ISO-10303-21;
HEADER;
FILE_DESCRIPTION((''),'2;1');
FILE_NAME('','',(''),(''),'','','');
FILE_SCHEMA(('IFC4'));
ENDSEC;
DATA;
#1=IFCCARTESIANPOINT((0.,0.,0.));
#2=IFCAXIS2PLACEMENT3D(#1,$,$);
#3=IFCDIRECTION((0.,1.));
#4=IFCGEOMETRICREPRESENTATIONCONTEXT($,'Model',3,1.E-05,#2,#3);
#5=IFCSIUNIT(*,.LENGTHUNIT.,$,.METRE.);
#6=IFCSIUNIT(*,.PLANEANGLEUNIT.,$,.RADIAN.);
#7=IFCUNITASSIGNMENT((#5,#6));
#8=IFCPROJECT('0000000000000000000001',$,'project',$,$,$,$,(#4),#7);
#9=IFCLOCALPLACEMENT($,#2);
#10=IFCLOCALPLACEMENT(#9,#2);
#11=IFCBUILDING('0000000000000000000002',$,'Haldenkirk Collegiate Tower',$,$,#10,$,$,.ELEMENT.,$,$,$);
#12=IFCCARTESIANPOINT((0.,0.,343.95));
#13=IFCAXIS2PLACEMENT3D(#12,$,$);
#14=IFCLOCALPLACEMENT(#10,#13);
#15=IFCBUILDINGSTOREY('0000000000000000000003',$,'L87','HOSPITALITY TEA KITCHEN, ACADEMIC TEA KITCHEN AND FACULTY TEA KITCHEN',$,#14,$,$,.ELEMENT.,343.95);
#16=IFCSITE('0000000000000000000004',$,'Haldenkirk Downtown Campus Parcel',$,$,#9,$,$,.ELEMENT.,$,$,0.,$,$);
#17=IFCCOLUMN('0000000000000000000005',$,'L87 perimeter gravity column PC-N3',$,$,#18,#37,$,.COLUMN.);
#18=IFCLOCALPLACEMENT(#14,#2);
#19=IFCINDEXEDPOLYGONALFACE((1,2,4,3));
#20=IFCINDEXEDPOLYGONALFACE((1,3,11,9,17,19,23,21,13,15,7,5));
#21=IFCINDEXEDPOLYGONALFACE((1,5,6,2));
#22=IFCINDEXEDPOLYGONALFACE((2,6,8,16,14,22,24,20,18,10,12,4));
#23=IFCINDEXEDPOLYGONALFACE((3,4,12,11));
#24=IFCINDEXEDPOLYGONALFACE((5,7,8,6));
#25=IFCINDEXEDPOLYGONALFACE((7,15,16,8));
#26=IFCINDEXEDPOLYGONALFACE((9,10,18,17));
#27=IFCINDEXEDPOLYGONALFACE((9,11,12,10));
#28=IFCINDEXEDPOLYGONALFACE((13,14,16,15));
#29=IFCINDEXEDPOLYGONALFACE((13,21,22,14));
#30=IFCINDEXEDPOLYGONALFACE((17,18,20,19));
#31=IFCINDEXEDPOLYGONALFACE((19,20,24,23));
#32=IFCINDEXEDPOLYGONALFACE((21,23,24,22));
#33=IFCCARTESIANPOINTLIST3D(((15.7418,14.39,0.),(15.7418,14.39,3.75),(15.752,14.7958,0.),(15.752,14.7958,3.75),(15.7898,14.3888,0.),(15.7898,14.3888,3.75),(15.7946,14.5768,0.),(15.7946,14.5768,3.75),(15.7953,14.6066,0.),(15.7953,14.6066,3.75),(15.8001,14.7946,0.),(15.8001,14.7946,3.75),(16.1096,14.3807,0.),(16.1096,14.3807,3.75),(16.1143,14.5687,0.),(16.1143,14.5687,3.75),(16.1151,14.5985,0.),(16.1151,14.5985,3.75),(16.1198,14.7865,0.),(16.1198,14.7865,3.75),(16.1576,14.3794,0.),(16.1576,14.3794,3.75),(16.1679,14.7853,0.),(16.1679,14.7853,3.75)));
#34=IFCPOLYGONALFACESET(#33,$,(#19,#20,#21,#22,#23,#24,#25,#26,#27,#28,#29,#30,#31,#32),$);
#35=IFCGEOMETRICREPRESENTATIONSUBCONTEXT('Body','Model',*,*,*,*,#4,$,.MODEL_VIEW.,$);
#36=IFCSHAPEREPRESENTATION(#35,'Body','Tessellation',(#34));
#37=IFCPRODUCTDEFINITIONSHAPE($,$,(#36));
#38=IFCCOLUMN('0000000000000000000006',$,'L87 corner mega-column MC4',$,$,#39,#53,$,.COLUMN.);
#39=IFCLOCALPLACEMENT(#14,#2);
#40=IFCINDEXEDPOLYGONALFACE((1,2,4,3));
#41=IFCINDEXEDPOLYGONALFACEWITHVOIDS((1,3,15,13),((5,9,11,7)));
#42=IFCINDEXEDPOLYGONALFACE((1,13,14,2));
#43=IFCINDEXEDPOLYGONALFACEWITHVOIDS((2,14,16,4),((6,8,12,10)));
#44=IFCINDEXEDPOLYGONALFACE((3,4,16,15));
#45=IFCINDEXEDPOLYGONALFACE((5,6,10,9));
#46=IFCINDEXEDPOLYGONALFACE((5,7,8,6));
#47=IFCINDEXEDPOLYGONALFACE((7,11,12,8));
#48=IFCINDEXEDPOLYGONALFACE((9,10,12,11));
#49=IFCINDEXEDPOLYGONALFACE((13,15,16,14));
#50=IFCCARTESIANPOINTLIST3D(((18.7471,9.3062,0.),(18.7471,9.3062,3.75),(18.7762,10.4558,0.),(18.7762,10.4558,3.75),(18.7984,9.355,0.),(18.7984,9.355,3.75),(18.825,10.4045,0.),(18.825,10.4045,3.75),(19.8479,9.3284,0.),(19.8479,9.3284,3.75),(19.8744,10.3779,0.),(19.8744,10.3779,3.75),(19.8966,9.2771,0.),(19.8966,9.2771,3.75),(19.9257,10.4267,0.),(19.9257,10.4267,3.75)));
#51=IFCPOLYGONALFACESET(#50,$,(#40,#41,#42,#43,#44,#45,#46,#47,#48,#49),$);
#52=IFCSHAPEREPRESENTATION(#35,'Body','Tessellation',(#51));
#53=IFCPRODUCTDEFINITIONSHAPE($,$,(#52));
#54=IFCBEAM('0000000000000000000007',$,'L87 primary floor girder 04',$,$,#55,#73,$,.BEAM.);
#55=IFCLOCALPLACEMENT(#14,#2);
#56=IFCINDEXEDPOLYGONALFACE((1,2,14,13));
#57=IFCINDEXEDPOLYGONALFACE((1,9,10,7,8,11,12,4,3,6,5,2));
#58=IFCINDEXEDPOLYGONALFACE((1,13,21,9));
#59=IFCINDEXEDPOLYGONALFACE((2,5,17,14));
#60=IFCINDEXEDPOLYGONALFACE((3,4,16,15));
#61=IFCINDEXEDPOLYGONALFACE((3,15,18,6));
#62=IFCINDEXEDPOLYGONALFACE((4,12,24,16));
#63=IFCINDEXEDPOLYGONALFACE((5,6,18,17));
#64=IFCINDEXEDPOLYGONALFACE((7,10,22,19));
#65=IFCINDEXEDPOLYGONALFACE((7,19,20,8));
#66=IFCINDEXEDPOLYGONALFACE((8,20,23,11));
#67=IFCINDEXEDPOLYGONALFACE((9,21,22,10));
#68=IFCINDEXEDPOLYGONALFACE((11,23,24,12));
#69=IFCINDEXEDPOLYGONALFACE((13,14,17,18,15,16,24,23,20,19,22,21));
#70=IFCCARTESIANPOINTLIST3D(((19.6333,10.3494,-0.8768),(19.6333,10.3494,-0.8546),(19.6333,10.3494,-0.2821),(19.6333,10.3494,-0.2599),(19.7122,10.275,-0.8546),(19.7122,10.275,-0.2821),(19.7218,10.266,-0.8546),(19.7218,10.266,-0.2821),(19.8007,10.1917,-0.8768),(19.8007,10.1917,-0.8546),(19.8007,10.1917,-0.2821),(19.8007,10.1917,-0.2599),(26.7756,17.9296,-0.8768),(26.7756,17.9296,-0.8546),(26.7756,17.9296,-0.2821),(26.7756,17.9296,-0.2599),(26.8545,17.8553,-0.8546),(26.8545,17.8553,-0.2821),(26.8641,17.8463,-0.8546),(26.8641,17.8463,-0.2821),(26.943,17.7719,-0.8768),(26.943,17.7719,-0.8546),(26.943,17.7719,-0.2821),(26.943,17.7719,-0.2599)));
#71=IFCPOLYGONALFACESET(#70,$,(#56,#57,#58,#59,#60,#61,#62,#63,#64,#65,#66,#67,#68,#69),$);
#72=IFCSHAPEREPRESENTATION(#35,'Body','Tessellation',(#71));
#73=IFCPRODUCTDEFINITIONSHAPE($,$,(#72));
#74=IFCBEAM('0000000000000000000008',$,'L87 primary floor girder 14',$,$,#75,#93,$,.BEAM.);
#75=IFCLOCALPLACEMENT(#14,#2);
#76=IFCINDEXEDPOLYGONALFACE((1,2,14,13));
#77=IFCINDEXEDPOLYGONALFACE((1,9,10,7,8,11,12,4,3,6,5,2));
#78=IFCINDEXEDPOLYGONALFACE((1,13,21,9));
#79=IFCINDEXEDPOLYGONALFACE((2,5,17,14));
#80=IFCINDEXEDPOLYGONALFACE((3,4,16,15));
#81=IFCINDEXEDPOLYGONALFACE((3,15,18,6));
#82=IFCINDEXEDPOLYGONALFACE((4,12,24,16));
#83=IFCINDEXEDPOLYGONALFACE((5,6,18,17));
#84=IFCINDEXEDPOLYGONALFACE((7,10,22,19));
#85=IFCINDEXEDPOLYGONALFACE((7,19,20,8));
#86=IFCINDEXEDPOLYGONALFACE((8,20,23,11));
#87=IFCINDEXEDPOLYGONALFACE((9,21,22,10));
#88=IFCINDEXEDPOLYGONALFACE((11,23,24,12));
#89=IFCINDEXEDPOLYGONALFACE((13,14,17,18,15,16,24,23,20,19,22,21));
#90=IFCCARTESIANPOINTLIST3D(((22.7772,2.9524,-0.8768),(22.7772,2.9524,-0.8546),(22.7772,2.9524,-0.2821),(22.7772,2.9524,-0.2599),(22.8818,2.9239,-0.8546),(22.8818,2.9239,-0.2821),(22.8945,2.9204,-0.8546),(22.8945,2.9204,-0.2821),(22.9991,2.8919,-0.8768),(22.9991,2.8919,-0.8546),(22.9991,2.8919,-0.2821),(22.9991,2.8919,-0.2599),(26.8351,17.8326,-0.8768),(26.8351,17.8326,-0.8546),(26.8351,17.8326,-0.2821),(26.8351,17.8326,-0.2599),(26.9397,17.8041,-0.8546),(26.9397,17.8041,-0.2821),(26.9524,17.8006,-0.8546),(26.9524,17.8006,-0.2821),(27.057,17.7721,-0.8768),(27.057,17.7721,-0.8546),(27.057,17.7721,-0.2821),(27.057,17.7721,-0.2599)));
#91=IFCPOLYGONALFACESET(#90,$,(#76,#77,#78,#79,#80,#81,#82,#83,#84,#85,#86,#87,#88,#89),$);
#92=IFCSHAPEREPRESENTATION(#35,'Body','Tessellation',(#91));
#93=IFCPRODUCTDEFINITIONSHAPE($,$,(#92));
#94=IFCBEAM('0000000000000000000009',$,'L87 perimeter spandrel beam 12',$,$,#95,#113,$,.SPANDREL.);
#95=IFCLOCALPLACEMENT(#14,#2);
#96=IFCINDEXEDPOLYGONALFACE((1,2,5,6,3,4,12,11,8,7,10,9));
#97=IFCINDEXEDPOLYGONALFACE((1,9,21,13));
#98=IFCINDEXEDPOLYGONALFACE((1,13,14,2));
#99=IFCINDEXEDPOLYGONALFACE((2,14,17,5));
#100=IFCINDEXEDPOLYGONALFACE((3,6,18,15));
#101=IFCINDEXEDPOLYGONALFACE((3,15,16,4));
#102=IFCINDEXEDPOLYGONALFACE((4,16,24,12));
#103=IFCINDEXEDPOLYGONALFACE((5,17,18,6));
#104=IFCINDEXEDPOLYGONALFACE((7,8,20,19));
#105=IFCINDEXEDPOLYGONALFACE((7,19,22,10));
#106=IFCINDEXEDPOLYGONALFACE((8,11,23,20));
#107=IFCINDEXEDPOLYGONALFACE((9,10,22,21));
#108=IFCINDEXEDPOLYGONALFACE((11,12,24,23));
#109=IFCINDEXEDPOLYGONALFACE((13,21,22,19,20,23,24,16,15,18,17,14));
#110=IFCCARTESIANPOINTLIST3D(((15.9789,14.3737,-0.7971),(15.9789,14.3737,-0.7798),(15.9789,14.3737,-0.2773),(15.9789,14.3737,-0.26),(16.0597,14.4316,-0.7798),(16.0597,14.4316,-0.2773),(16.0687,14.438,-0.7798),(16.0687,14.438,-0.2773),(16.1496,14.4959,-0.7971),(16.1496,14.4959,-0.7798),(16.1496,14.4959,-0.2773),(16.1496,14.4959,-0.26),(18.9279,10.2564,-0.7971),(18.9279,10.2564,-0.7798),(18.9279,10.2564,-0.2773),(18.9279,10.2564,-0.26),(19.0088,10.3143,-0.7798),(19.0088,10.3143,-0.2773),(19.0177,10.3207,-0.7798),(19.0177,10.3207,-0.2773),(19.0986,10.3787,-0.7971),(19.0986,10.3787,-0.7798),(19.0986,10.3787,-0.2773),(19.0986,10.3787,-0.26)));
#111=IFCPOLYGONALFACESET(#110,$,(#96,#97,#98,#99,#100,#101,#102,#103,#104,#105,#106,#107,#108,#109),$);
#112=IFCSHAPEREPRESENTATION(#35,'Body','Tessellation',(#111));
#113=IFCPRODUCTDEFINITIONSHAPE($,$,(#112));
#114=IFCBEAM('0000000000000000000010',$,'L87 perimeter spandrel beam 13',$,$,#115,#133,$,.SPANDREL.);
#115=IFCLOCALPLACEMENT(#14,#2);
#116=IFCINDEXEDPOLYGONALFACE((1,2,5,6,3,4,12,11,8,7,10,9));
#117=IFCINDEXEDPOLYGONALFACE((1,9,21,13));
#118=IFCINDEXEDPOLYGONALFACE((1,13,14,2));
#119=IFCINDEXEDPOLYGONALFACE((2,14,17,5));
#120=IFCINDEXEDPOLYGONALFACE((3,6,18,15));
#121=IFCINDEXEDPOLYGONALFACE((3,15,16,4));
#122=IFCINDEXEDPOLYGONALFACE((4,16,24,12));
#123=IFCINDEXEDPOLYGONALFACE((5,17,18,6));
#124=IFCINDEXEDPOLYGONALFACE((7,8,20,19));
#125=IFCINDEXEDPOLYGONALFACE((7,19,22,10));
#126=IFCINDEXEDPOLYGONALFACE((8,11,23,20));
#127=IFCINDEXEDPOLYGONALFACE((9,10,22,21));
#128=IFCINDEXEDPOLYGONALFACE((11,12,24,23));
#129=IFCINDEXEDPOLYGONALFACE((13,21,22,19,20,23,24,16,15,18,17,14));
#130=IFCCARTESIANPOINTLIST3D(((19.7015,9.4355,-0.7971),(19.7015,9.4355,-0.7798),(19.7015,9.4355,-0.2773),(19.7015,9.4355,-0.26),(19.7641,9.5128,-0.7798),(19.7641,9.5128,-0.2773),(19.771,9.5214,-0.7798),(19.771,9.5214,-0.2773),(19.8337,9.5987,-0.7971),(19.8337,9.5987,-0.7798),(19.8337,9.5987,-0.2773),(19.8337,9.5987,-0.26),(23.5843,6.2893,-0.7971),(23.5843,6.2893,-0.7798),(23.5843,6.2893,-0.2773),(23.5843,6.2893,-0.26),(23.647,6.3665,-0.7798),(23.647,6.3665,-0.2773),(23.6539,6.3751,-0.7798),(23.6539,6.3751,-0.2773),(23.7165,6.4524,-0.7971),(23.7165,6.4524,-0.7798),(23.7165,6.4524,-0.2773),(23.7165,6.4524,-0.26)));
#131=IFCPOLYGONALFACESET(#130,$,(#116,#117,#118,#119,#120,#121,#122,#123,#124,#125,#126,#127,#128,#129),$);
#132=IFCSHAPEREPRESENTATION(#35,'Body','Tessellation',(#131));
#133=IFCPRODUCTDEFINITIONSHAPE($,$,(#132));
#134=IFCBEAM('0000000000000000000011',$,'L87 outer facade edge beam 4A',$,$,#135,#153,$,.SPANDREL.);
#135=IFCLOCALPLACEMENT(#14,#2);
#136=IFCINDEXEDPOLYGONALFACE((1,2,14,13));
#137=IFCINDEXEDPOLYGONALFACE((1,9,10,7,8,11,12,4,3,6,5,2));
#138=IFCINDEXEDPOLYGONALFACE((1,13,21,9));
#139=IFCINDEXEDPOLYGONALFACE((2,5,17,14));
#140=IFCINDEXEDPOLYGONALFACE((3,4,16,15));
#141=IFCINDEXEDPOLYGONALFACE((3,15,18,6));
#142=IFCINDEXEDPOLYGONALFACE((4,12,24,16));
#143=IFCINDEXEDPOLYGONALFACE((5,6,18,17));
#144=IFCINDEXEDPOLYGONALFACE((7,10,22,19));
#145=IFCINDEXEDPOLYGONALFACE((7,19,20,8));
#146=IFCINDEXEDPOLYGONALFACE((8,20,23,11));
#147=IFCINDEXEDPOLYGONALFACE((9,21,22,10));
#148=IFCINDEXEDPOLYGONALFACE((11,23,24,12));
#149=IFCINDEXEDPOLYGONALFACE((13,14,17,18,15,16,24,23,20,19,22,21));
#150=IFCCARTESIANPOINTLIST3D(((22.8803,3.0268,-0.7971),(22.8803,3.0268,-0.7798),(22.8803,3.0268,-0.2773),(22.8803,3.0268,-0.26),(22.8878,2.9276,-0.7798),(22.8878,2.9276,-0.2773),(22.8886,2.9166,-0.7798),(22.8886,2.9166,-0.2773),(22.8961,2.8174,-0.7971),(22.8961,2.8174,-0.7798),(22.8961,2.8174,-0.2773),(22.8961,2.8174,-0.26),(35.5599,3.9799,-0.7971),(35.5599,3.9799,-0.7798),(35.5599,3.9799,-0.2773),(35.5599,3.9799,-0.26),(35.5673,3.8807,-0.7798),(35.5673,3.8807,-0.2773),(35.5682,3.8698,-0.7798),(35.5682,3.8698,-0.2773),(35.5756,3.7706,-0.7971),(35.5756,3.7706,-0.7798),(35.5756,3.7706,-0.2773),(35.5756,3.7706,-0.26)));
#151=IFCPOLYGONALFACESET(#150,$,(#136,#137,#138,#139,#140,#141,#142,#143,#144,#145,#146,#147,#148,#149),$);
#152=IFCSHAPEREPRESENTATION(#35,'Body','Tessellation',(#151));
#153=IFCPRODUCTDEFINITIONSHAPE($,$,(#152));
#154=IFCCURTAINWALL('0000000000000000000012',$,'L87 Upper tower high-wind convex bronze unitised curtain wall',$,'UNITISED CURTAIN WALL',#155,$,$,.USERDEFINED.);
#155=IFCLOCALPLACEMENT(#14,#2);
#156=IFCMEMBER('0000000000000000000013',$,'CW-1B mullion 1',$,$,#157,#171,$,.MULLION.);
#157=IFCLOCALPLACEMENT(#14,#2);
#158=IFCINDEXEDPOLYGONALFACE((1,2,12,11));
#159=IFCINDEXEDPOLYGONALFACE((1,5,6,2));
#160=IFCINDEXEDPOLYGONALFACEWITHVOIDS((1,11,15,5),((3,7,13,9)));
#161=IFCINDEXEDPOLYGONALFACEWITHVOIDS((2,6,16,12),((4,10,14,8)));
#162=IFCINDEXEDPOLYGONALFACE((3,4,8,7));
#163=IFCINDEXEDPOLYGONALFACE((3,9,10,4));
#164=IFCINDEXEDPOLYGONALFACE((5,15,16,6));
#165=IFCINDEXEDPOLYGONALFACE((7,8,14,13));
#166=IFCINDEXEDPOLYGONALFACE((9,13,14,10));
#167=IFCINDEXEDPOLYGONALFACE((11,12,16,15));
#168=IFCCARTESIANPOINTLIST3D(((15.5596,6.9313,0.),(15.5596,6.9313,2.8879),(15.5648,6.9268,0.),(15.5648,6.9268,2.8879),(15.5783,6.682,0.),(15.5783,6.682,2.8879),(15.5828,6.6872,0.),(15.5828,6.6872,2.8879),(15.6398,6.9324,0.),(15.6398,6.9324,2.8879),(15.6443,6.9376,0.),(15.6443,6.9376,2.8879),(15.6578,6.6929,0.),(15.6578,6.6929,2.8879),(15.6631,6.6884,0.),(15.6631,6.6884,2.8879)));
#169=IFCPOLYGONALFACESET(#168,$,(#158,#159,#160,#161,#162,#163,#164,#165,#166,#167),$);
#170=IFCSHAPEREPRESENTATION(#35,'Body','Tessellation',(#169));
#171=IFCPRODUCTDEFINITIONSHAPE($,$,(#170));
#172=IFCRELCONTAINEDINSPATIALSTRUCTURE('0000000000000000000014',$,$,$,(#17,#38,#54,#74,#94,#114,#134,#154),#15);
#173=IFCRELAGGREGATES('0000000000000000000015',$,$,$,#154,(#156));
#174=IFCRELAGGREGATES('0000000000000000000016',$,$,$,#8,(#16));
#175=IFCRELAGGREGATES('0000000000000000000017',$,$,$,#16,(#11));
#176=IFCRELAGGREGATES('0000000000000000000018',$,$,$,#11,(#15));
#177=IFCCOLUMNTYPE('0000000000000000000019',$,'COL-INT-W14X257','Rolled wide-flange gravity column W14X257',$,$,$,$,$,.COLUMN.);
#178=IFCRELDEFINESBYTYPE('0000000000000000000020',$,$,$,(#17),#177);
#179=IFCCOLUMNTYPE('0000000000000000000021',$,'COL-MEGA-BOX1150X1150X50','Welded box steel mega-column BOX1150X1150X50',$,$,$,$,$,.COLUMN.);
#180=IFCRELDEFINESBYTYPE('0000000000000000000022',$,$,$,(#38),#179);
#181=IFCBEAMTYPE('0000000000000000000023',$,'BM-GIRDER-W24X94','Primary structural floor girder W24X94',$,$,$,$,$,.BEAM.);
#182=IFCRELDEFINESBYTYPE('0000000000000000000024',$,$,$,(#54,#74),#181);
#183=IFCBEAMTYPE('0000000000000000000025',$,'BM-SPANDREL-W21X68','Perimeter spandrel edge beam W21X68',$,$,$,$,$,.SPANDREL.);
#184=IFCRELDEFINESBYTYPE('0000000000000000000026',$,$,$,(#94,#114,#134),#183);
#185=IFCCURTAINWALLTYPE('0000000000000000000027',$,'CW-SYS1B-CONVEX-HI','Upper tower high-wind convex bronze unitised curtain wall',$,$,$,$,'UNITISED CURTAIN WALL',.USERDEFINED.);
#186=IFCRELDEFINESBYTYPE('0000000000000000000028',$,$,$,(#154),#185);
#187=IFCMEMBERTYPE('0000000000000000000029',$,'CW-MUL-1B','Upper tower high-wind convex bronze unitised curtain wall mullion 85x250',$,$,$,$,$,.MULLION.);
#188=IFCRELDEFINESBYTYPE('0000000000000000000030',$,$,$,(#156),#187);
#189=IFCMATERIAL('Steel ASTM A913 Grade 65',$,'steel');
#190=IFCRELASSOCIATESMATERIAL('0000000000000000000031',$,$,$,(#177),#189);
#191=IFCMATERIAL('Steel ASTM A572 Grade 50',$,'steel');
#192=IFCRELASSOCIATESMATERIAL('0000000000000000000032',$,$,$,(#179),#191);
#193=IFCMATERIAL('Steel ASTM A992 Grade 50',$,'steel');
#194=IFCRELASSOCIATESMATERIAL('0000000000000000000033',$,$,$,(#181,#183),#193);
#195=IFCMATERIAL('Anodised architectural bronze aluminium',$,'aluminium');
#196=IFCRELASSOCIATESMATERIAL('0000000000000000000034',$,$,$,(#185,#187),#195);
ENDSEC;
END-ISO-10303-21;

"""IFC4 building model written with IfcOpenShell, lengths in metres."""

from ifc_helpers import new_model, si_unit, direction, frame, origin, origin_2d, place, context, subcontext, project, spatial, hollow_rectangle, i_section, extrude, material, material_profile, profile_set, type_object, element, aggregate, save


model = new_model("IFC4")

# Units and contexts
model_context = context("Model", 3, precision=1e-05, world=origin(), true_north=direction((0.0, 1.0)))
body_context = subcontext(model_context, "Body", "Model", "MODEL_VIEW")
ifc_project = project(units=[si_unit("LENGTHUNIT", "METRE"), si_unit("PLANEANGLEUNIT", "RADIAN")], contexts=[model_context])

# Site, building, storey
site_placement = place(None, origin())
site = spatial("IfcSite", under=ifc_project, at=site_placement, Name="Haldenkirk Downtown Campus Parcel", CompositionType="ELEMENT", RefElevation=0.0)
building_placement = place(site_placement, origin())
building = spatial("IfcBuilding", under=site, at=building_placement, Name="Haldenkirk Collegiate Tower", CompositionType="ELEMENT")
storey_placement = place(building_placement, frame((0.0, 0.0, 343.95)))
storey = spatial("IfcBuildingStorey", under=building, at=storey_placement, Name="L87", Description="HOSPITALITY TEA KITCHEN, ACADEMIC TEA KITCHEN AND FACULTY TEA KITCHEN", CompositionType="ELEMENT", Elevation=343.95)

# Columns
ifc_material_1 = material(Name="Steel ASTM A913 Grade 65", Category="steel")
ifc_material_profile_1 = material_profile(ifc_material_1, i_section(OverallWidth=0.406, OverallDepth=0.416, WebThickness=0.0298, FlangeThickness=0.0481, at=origin_2d()), Name="W14X257")
ifc_profile_set_1 = profile_set([ifc_material_profile_1], Name="Steel ASTM A913 Grade 65")
column_type_1 = type_object("IfcColumnType", Name="COL-INT-W14X257", Description="Rolled wide-flange gravity column W14X257", PredefinedType="COLUMN", material=ifc_profile_set_1)
column_1_placement = place(storey_placement, frame((15.9548, 14.5876, 0.0), z_axis=(0.0, 0.0, 1.0), x_axis=(0.025305, 0.99968, 0.0)))
element("IfcColumn", 1, at=column_1_placement, inside=storey, type_object=column_type_1, Name="L87 perimeter gravity column PC-N3", PredefinedType="COLUMN", context=body_context, shape_type="SweptSolid", body=[
    extrude(i_section(OverallWidth=0.406, OverallDepth=0.416, WebThickness=0.0298, FlangeThickness=0.0481, at=origin_2d()), origin(), (0.0, 0.0, 1.0), 3.75),
])
ifc_material_2 = material(Name="Steel ASTM A572 Grade 50", Category="steel")
ifc_material_profile_2 = material_profile(ifc_material_2, hollow_rectangle(XDim=1.1499, YDim=1.1499, WallThickness=0.05, at=origin_2d()), Name="BOX1150X1150X50")
ifc_profile_set_2 = profile_set([ifc_material_profile_2], Name="Steel ASTM A572 Grade 50")
column_type_2 = type_object("IfcColumnType", Name="COL-MEGA-BOX1150X1150X50", Description="Welded box steel mega-column BOX1150X1150X50", PredefinedType="COLUMN", material=ifc_profile_set_2)
column_2_placement = place(storey_placement, frame((19.3364, 9.8665, 0.0), z_axis=(0.0, 0.0, 1.0), x_axis=(0.025305, 0.99968, 0.0)))
element("IfcColumn", 2, at=column_2_placement, inside=storey, type_object=column_type_2, Name="L87 corner mega-column MC4", PredefinedType="COLUMN", context=body_context, shape_type="SweptSolid", body=[
    extrude(hollow_rectangle(XDim=1.1499, YDim=1.1499, WallThickness=0.05, at=origin_2d()), origin(), (0.0, 0.0, 1.0), 3.75),
])

# Beams
ifc_material_3 = material(Name="Steel ASTM A992 Grade 50", Category="steel")
ifc_material_profile_3 = material_profile(ifc_material_3, i_section(OverallWidth=0.23, OverallDepth=0.6169, WebThickness=0.0132, FlangeThickness=0.0222, at=origin_2d()), Name="W24X94")
ifc_profile_set_3 = profile_set([ifc_material_profile_3], Name="Steel ASTM A992 Grade 50")
beam_type_1 = type_object("IfcBeamType", Name="BM-GIRDER-W24X94", Description="Primary structural floor girder W24X94", PredefinedType="BEAM", material=ifc_profile_set_3)
beam_1_placement = place(storey_placement, frame((19.717, 10.2705, -0.5684), z_axis=(0.685767, 0.727821, 0.0), x_axis=(-0.727821, 0.685767, 0.0)))
element("IfcBeam", 3, at=beam_1_placement, inside=storey, type_object=beam_type_1, Name="L87 primary floor girder 04", PredefinedType="BEAM", context=body_context, shape_type="SweptSolid", body=[
    extrude(i_section(OverallWidth=0.23, OverallDepth=0.6169, WebThickness=0.0132, FlangeThickness=0.0222, at=origin_2d()), origin(), (0.0, 0.0, 1.0), 10.415),
])
beam_2_placement = place(storey_placement, frame((22.8882, 2.9221, -0.5684), z_axis=(0.263096, 0.96477, 0.0), x_axis=(-0.96477, 0.263096, 0.0)))
element("IfcBeam", 4, at=beam_2_placement, inside=storey, type_object=beam_type_1, Name="L87 primary floor girder 14", PredefinedType="BEAM", context=body_context, shape_type="SweptSolid", body=[
    extrude(i_section(OverallWidth=0.23, OverallDepth=0.6169, WebThickness=0.0132, FlangeThickness=0.0222, at=origin_2d()), origin(), (0.0, 0.0, 1.0), 15.4236),
])
ifc_material_profile_4 = material_profile(ifc_material_3, i_section(OverallWidth=0.21, OverallDepth=0.5371, WebThickness=0.011, FlangeThickness=0.0173, at=origin_2d()), Name="W21X68")
ifc_profile_set_4 = profile_set([ifc_material_profile_4], Name="Steel ASTM A992 Grade 50")
beam_type_2 = type_object("IfcBeamType", Name="BM-SPANDREL-W21X68", Description="Perimeter spandrel edge beam W21X68", PredefinedType="SPANDREL", material=ifc_profile_set_4)
beam_3_placement = place(storey_placement, frame((16.0642, 14.4348, -0.5286), z_axis=(0.5823, -0.812974, 0.0), x_axis=(0.812974, 0.5823, 0.0)))
element("IfcBeam", 5, at=beam_3_placement, inside=storey, type_object=beam_type_2, Name="L87 perimeter spandrel beam 12", PredefinedType="SPANDREL", context=body_context, shape_type="SweptSolid", body=[
    extrude(i_section(OverallWidth=0.21, OverallDepth=0.5371, WebThickness=0.011, FlangeThickness=0.0173, at=origin_2d()), origin(), (0.0, 0.0, 1.0), 5.0645),
])
beam_4_placement = place(storey_placement, frame((19.7676, 9.5171, -0.5286), z_axis=(0.77695, -0.629562, 0.0), x_axis=(0.629562, 0.77695, 0.0)))
element("IfcBeam", 6, at=beam_4_placement, inside=storey, type_object=beam_type_2, Name="L87 perimeter spandrel beam 13", PredefinedType="SPANDREL", context=body_context, shape_type="SweptSolid", body=[
    extrude(i_section(OverallWidth=0.21, OverallDepth=0.5371, WebThickness=0.011, FlangeThickness=0.0173, at=origin_2d()), origin(), (0.0, 0.0, 1.0), 4.9976),
])
beam_5_placement = place(storey_placement, frame((22.8882, 2.9221, -0.5286), z_axis=(0.997187, 0.074959, 0.0), x_axis=(-0.074959, 0.997187, 0.0)))
element("IfcBeam", 7, at=beam_5_placement, inside=storey, type_object=beam_type_2, Name="L87 outer facade edge beam 4A", PredefinedType="SPANDREL", context=body_context, shape_type="SweptSolid", body=[
    extrude(i_section(OverallWidth=0.21, OverallDepth=0.5371, WebThickness=0.011, FlangeThickness=0.0173, at=origin_2d()), origin(), (0.0, 0.0, 1.0), 12.7153),
])

# Curtain wall, member
ifc_material_4 = material(Name="Anodised architectural bronze aluminium", Category="aluminium")
curtain_wall_type = type_object("IfcCurtainWallType", Name="CW-SYS1B-CONVEX-HI", Description="Upper tower high-wind convex bronze unitised curtain wall", ElementType="UNITISED CURTAIN WALL", PredefinedType="USERDEFINED", material=ifc_material_4)
curtain_wall_1_placement = place(storey_placement, origin())
curtain_wall_1 = element("IfcCurtainWall", 8, at=curtain_wall_1_placement, inside=storey, type_object=curtain_wall_type, Name="L87 Upper tower high-wind convex bronze unitised curtain wall", ObjectType="UNITISED CURTAIN WALL", PredefinedType="USERDEFINED")
ifc_material_profile_5 = material_profile(ifc_material_4, hollow_rectangle(XDim=0.085, YDim=0.25, WallThickness=0.0049, at=origin_2d()), Name="CW-MUL-1B")
ifc_profile_set_5 = profile_set([ifc_material_profile_5], Name="Anodised architectural bronze aluminium")
member_type_1 = type_object("IfcMemberType", Name="CW-MUL-1B", Description="Upper tower high-wind convex bronze unitised curtain wall mullion 85x250", PredefinedType="MULLION", material=ifc_profile_set_5)
member_1_placement = place(storey_placement, frame((15.6113, 6.8098, 0.0), z_axis=(0.0, 0.0, 1.0), x_axis=(-0.997185, -0.074977, 0.0)))
member_1 = element("IfcMember", 9, at=member_1_placement, type_object=member_type_1, Name="CW-1B mullion 1", PredefinedType="MULLION", context=body_context, shape_type="SweptSolid", body=[
    extrude(hollow_rectangle(XDim=0.085, YDim=0.25, WallThickness=0.0049, at=origin_2d()), origin(), (0.0, 0.0, 1.0), 2.8879),
])

aggregate(curtain_wall_1, [member_1])

save(model, "model.ifc")
